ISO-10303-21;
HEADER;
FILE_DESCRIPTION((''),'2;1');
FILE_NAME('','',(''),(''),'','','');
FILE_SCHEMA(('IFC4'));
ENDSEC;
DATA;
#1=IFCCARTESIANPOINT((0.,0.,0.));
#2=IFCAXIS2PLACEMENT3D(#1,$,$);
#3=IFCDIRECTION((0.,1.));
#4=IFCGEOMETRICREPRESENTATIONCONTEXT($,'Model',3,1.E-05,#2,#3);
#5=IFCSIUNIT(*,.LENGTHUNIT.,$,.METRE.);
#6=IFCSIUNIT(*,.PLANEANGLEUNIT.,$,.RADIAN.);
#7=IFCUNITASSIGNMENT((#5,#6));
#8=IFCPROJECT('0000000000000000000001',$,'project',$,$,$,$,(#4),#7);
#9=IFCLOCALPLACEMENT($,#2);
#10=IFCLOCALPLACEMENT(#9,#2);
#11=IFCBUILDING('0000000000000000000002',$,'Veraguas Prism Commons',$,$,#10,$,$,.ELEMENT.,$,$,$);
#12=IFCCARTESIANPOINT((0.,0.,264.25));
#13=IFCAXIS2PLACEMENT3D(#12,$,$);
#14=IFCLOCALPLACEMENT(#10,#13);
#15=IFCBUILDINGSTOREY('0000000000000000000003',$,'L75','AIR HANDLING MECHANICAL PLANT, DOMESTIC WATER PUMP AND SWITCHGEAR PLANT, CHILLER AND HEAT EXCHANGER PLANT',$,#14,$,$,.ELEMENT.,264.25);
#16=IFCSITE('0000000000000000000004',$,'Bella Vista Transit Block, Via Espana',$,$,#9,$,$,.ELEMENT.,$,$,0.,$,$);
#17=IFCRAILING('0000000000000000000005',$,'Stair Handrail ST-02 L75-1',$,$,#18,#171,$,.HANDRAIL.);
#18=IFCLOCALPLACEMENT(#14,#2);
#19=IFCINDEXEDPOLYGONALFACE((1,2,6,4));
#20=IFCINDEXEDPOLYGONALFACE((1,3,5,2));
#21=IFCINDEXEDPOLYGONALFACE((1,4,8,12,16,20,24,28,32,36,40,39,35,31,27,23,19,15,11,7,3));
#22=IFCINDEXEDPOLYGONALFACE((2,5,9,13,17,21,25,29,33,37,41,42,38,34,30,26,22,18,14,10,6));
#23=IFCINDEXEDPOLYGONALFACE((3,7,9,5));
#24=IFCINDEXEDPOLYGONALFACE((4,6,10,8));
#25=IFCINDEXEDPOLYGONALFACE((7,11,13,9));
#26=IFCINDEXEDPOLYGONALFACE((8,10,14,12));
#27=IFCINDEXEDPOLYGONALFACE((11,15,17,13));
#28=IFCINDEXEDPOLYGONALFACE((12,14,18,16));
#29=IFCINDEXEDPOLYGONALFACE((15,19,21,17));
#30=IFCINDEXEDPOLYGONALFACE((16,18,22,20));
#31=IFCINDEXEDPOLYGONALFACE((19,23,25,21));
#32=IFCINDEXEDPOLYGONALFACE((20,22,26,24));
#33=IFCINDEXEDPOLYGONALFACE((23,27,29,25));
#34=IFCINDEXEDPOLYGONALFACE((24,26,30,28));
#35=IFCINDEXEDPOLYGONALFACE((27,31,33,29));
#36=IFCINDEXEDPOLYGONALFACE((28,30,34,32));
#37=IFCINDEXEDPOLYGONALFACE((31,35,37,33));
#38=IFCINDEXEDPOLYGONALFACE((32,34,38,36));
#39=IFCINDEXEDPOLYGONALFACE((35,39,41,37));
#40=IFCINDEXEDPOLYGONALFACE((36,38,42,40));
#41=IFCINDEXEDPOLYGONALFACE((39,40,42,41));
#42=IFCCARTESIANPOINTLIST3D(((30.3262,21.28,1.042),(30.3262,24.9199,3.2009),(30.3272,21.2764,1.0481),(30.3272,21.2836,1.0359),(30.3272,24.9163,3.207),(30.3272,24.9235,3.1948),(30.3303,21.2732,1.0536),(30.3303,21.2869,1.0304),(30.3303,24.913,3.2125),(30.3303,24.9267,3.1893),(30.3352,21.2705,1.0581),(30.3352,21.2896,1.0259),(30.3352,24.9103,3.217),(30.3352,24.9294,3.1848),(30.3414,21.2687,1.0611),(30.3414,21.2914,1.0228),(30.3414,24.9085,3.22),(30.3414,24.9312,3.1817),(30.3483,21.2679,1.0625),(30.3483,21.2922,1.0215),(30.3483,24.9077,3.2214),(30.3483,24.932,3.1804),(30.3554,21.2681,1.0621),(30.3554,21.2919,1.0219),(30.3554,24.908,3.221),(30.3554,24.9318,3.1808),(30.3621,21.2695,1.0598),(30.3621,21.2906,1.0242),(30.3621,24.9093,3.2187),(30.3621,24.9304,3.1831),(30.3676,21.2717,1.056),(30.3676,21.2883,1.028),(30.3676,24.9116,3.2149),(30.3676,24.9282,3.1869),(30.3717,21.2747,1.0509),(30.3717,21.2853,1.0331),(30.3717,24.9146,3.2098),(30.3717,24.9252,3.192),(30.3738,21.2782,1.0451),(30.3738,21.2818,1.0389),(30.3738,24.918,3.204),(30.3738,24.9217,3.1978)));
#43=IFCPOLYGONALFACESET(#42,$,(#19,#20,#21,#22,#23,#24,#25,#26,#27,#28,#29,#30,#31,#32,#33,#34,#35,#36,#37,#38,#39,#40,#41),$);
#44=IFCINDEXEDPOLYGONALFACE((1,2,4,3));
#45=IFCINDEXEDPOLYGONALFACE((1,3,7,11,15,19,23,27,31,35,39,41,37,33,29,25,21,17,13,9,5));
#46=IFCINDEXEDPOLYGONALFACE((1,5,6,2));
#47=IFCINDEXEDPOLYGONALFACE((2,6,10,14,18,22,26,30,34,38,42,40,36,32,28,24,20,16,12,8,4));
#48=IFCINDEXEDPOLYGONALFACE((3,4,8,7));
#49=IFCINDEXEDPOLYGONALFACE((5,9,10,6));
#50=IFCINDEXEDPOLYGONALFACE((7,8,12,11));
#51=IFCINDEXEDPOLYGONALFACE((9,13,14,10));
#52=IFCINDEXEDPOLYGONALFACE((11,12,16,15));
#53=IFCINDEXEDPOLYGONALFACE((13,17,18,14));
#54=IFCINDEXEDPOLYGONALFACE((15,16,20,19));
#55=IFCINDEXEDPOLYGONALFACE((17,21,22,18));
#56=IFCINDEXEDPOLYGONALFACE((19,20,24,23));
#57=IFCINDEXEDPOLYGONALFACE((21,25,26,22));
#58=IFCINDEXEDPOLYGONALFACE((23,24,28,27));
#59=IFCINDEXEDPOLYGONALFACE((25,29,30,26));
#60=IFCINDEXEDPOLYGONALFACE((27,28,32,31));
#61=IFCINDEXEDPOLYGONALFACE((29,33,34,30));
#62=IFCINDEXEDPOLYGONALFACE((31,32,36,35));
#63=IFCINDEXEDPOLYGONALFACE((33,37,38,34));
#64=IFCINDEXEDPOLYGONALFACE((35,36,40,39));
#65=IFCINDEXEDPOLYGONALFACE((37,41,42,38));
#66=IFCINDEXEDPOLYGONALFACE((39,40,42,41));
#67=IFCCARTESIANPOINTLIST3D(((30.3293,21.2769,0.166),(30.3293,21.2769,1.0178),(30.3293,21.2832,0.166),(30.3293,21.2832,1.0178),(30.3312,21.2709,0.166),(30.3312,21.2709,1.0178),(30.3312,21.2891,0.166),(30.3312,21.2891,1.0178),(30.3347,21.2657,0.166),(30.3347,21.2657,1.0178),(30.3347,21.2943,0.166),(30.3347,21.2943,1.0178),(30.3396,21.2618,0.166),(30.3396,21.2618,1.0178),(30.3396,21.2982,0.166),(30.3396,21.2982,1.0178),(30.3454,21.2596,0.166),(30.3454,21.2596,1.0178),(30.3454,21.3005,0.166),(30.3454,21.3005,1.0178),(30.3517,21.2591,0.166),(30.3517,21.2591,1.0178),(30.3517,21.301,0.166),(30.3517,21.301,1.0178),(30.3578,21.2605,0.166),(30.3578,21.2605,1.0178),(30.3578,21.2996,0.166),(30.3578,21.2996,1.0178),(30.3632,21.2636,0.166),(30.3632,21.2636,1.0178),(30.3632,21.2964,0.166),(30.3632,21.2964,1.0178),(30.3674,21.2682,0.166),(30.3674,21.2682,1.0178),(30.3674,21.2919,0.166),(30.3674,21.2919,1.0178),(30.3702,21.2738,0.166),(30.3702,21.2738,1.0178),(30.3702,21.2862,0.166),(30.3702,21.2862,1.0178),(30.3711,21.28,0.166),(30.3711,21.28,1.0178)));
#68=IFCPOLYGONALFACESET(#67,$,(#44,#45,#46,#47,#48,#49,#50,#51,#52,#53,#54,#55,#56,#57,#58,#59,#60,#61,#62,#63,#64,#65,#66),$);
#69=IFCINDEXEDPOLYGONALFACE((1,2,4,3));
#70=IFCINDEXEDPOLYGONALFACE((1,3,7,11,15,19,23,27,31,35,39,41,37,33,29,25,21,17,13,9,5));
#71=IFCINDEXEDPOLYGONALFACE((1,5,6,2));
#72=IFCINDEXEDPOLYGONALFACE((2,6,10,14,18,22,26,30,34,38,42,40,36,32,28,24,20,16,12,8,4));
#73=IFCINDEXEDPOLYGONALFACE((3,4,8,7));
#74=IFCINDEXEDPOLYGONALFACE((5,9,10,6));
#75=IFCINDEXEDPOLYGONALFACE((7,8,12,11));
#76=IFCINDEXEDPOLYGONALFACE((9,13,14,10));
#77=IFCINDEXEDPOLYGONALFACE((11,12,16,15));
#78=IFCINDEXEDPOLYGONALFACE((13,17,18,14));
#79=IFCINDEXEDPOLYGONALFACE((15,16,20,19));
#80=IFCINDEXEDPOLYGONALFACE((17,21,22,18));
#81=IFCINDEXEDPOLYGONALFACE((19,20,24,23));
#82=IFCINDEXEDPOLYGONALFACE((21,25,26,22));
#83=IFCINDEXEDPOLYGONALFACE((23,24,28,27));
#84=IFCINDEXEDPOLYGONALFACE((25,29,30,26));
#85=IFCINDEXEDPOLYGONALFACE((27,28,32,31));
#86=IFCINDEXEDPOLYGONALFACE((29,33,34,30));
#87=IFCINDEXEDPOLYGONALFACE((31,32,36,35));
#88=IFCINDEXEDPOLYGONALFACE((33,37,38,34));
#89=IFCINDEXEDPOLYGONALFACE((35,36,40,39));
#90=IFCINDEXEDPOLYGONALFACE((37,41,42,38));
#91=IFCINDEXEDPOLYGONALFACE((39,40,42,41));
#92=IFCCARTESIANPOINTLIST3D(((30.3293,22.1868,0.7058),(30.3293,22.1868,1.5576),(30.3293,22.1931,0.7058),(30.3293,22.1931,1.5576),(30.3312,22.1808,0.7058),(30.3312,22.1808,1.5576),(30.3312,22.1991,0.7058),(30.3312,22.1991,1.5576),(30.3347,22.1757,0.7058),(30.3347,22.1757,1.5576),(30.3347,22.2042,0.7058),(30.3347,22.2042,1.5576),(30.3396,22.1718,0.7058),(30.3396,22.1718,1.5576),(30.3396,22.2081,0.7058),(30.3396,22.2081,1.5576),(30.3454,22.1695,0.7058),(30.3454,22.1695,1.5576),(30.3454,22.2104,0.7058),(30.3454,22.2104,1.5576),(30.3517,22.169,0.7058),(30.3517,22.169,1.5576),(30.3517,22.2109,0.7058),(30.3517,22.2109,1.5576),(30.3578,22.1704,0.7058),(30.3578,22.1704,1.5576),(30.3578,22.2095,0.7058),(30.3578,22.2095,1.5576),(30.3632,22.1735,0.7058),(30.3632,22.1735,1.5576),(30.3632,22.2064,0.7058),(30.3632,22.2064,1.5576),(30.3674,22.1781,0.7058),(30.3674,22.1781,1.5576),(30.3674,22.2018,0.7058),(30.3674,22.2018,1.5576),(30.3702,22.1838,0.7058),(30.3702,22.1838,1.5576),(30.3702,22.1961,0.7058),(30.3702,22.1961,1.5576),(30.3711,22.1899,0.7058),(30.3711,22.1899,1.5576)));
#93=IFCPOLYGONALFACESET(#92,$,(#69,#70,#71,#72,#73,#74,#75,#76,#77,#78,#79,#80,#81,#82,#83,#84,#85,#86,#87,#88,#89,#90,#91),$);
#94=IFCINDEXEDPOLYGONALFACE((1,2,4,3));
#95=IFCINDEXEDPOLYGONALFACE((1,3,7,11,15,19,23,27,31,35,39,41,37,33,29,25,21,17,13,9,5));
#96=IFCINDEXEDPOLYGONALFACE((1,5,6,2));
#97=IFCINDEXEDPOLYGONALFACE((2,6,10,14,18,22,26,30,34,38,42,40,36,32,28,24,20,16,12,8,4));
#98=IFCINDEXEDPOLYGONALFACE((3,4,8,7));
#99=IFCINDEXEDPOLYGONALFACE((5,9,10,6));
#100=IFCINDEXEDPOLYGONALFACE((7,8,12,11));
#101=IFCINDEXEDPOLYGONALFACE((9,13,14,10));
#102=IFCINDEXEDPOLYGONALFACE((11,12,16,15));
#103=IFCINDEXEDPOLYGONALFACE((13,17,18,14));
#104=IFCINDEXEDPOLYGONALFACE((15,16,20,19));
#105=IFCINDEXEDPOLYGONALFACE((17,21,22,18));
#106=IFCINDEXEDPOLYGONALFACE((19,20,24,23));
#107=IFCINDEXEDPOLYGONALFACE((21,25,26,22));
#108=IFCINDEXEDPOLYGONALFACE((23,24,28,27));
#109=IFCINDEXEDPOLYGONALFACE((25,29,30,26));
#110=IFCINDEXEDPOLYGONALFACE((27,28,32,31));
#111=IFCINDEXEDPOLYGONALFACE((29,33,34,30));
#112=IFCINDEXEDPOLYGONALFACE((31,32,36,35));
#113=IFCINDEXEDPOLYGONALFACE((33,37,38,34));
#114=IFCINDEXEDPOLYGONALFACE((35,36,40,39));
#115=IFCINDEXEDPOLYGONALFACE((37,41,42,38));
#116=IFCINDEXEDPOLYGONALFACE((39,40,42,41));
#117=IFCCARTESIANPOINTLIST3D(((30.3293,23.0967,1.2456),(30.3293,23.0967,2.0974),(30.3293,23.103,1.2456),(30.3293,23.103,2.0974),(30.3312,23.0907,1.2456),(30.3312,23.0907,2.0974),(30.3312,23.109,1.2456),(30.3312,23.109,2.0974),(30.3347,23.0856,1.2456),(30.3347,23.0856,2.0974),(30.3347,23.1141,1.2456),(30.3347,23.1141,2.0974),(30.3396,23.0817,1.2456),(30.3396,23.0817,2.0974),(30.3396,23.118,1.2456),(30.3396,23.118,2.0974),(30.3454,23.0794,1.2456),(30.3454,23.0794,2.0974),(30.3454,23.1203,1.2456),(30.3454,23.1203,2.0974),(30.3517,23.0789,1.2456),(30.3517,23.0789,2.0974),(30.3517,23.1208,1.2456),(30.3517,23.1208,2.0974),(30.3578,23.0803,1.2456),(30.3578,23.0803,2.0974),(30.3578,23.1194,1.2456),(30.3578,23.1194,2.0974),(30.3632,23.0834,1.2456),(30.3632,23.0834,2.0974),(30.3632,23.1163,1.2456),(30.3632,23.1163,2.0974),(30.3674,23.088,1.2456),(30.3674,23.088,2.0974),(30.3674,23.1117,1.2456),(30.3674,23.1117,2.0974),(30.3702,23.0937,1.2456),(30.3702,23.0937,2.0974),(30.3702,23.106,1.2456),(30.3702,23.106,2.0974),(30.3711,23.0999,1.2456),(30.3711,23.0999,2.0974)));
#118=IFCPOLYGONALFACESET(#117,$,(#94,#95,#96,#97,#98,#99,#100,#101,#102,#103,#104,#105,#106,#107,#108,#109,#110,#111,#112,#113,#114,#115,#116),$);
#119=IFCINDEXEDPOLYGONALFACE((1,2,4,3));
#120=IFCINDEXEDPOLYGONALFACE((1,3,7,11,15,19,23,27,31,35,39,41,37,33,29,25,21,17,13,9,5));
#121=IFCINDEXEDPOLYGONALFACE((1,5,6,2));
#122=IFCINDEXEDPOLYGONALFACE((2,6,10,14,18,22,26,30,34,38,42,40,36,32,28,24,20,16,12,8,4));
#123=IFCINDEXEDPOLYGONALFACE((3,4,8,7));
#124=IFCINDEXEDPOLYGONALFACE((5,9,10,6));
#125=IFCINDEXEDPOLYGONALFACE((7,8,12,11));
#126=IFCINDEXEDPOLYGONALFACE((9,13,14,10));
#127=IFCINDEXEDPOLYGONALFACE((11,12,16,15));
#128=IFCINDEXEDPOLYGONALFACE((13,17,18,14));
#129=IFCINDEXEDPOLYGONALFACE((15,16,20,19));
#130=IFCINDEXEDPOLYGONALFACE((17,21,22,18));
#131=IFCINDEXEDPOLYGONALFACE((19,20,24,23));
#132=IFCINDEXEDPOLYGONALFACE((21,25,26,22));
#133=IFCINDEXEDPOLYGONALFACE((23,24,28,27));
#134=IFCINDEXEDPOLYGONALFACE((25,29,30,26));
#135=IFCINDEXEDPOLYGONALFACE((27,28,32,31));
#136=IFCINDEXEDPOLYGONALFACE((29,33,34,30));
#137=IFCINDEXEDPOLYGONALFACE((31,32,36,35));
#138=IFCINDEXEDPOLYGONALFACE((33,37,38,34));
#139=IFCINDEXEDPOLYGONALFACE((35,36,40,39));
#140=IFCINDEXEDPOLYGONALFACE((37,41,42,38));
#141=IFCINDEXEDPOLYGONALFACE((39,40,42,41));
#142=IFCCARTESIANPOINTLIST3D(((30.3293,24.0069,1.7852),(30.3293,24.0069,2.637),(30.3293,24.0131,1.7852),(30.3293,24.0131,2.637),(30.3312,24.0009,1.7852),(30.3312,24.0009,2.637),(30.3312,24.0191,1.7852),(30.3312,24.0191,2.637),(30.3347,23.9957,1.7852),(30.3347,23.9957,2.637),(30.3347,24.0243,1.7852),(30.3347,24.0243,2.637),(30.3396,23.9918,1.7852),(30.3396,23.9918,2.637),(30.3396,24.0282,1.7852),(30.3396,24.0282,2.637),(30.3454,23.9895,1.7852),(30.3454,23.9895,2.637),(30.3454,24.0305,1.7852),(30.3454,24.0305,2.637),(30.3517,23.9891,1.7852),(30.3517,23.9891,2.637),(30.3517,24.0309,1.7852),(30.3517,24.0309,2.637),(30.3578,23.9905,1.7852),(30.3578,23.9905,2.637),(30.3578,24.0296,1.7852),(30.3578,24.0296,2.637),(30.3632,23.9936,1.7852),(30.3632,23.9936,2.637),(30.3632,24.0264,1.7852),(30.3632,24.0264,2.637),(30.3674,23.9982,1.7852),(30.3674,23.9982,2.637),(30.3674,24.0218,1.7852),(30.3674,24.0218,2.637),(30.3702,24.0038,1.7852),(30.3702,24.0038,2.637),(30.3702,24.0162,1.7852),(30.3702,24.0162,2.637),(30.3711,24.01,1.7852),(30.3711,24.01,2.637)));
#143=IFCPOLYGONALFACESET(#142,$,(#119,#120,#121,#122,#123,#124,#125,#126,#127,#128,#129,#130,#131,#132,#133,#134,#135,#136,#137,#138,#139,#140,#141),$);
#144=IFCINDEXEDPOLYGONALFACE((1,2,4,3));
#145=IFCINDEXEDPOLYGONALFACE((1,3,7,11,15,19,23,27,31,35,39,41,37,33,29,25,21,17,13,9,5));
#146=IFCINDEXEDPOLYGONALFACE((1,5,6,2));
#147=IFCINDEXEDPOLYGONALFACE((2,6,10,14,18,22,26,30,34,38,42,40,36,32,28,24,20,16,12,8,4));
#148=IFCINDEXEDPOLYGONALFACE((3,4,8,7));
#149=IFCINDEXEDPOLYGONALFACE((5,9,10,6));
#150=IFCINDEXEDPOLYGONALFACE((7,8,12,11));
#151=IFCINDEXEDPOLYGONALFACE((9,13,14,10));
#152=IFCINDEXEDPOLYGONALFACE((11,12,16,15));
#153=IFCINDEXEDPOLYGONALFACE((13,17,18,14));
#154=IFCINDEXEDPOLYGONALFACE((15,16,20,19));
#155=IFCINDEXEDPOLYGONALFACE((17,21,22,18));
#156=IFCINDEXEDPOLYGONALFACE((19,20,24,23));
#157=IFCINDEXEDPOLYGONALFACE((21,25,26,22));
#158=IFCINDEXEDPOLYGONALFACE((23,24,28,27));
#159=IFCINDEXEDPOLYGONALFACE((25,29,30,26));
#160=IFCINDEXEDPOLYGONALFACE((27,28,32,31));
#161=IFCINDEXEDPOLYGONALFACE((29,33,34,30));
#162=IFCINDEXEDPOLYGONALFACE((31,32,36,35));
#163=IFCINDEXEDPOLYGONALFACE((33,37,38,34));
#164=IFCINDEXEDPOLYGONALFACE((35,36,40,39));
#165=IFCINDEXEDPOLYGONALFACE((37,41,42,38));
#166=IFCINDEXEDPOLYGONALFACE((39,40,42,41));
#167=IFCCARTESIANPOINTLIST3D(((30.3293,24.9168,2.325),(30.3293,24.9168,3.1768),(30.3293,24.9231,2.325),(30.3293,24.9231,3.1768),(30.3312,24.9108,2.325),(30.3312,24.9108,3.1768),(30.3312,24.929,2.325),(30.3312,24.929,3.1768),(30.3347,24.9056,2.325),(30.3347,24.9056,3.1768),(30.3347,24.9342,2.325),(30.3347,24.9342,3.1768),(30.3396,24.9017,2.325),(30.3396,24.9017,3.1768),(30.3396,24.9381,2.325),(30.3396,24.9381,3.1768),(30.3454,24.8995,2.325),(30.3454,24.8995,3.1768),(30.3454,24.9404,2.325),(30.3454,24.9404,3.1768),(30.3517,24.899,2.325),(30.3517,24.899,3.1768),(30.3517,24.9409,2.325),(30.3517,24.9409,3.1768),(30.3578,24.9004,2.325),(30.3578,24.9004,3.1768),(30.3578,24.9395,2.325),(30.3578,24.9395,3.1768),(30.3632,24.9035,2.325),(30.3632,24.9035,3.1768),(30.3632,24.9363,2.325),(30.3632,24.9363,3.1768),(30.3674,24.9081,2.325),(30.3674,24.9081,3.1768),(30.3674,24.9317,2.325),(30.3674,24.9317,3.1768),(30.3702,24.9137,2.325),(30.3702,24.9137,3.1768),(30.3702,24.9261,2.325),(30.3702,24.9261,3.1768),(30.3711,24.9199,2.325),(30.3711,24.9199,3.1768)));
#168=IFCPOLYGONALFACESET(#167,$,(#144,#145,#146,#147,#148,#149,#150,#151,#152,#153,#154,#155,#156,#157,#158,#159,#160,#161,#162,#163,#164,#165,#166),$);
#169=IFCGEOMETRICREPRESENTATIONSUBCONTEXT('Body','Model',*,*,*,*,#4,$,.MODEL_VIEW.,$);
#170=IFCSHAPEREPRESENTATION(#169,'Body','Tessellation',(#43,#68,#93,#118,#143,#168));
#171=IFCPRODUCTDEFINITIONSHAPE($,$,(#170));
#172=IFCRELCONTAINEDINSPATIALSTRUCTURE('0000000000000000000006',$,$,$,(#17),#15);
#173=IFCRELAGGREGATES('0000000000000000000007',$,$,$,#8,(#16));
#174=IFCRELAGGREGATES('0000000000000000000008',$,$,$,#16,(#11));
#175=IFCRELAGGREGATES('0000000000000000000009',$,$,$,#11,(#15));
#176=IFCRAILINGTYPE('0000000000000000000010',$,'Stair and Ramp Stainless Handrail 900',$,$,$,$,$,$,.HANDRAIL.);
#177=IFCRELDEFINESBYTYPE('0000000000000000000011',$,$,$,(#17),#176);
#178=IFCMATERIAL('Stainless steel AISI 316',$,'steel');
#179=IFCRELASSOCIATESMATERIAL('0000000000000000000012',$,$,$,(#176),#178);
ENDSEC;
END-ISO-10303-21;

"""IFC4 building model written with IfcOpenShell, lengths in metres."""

from ifc_helpers import new_model, si_unit, direction, frame, origin, origin_2d, place, context, subcontext, project, spatial, circle, extrude, material, type_object, element, save


model = new_model("IFC4")

# Units and contexts
model_context = context("Model", 3, precision=1e-05, world=origin(), true_north=direction((0.0, 1.0)))
body_context = subcontext(model_context, "Body", "Model", "MODEL_VIEW")
ifc_project = project(units=[si_unit("LENGTHUNIT", "METRE"), si_unit("PLANEANGLEUNIT", "RADIAN")], contexts=[model_context])

# Site, building, storey
site_placement = place(None, origin())
site = spatial("IfcSite", under=ifc_project, at=site_placement, Name="Bella Vista Transit Block, Via Espana", CompositionType="ELEMENT", RefElevation=0.0)
building_placement = place(site_placement, origin())
building = spatial("IfcBuilding", under=site, at=building_placement, Name="Veraguas Prism Commons", CompositionType="ELEMENT")
storey_placement = place(building_placement, frame((0.0, 0.0, 264.25)))
storey = spatial("IfcBuildingStorey", under=building, at=storey_placement, Name="L75", Description="AIR HANDLING MECHANICAL PLANT, DOMESTIC WATER PUMP AND SWITCHGEAR PLANT, CHILLER AND HEAT EXCHANGER PLANT", CompositionType="ELEMENT", Elevation=264.25)

# Shared definitions
ifc_material_1 = material(Name="Stainless steel AISI 316", Category="steel")

# Railing
railing_type_1 = type_object("IfcRailingType", Name="Stair and Ramp Stainless Handrail 900", PredefinedType="HANDRAIL", material=ifc_material_1)
railing_1_placement = place(storey_placement, frame((30.3501, 21.28, 0.166)))
element("IfcRailing", 1, at=railing_1_placement, inside=storey, type_object=railing_type_1, Name="Stair Handrail ST-02 L75-1", PredefinedType="HANDRAIL", context=body_context, shape_type="SweptSolid", body=[
    extrude(circle(Radius=0.0239, at=origin_2d()), frame((0.0, 0.0, 0.876), z_axis=(0.0, 0.860088, 0.510145), x_axis=(-1.0, 0.0, 0.0)), (0.0, 0.0, 1.0), 4.2319),
    extrude(circle(Radius=0.021, at=origin_2d()), origin(), (0.0, 0.0, 1.0), 0.8518),
    extrude(circle(Radius=0.021, at=origin_2d()), frame((0.0, 0.9099, 0.5398)), (0.0, 0.0, 1.0), 0.8518),
    extrude(circle(Radius=0.021, at=origin_2d()), frame((0.0, 1.8198, 1.0796)), (0.0, 0.0, 1.0), 0.8518),
    extrude(circle(Radius=0.021, at=origin_2d()), frame((0.0, 2.73, 1.6191)), (0.0, 0.0, 1.0), 0.8518),
    extrude(circle(Radius=0.021, at=origin_2d()), frame((0.0, 3.6399, 2.1589)), (0.0, 0.0, 1.0), 0.8518),
])

save(model, "model.ifc")
